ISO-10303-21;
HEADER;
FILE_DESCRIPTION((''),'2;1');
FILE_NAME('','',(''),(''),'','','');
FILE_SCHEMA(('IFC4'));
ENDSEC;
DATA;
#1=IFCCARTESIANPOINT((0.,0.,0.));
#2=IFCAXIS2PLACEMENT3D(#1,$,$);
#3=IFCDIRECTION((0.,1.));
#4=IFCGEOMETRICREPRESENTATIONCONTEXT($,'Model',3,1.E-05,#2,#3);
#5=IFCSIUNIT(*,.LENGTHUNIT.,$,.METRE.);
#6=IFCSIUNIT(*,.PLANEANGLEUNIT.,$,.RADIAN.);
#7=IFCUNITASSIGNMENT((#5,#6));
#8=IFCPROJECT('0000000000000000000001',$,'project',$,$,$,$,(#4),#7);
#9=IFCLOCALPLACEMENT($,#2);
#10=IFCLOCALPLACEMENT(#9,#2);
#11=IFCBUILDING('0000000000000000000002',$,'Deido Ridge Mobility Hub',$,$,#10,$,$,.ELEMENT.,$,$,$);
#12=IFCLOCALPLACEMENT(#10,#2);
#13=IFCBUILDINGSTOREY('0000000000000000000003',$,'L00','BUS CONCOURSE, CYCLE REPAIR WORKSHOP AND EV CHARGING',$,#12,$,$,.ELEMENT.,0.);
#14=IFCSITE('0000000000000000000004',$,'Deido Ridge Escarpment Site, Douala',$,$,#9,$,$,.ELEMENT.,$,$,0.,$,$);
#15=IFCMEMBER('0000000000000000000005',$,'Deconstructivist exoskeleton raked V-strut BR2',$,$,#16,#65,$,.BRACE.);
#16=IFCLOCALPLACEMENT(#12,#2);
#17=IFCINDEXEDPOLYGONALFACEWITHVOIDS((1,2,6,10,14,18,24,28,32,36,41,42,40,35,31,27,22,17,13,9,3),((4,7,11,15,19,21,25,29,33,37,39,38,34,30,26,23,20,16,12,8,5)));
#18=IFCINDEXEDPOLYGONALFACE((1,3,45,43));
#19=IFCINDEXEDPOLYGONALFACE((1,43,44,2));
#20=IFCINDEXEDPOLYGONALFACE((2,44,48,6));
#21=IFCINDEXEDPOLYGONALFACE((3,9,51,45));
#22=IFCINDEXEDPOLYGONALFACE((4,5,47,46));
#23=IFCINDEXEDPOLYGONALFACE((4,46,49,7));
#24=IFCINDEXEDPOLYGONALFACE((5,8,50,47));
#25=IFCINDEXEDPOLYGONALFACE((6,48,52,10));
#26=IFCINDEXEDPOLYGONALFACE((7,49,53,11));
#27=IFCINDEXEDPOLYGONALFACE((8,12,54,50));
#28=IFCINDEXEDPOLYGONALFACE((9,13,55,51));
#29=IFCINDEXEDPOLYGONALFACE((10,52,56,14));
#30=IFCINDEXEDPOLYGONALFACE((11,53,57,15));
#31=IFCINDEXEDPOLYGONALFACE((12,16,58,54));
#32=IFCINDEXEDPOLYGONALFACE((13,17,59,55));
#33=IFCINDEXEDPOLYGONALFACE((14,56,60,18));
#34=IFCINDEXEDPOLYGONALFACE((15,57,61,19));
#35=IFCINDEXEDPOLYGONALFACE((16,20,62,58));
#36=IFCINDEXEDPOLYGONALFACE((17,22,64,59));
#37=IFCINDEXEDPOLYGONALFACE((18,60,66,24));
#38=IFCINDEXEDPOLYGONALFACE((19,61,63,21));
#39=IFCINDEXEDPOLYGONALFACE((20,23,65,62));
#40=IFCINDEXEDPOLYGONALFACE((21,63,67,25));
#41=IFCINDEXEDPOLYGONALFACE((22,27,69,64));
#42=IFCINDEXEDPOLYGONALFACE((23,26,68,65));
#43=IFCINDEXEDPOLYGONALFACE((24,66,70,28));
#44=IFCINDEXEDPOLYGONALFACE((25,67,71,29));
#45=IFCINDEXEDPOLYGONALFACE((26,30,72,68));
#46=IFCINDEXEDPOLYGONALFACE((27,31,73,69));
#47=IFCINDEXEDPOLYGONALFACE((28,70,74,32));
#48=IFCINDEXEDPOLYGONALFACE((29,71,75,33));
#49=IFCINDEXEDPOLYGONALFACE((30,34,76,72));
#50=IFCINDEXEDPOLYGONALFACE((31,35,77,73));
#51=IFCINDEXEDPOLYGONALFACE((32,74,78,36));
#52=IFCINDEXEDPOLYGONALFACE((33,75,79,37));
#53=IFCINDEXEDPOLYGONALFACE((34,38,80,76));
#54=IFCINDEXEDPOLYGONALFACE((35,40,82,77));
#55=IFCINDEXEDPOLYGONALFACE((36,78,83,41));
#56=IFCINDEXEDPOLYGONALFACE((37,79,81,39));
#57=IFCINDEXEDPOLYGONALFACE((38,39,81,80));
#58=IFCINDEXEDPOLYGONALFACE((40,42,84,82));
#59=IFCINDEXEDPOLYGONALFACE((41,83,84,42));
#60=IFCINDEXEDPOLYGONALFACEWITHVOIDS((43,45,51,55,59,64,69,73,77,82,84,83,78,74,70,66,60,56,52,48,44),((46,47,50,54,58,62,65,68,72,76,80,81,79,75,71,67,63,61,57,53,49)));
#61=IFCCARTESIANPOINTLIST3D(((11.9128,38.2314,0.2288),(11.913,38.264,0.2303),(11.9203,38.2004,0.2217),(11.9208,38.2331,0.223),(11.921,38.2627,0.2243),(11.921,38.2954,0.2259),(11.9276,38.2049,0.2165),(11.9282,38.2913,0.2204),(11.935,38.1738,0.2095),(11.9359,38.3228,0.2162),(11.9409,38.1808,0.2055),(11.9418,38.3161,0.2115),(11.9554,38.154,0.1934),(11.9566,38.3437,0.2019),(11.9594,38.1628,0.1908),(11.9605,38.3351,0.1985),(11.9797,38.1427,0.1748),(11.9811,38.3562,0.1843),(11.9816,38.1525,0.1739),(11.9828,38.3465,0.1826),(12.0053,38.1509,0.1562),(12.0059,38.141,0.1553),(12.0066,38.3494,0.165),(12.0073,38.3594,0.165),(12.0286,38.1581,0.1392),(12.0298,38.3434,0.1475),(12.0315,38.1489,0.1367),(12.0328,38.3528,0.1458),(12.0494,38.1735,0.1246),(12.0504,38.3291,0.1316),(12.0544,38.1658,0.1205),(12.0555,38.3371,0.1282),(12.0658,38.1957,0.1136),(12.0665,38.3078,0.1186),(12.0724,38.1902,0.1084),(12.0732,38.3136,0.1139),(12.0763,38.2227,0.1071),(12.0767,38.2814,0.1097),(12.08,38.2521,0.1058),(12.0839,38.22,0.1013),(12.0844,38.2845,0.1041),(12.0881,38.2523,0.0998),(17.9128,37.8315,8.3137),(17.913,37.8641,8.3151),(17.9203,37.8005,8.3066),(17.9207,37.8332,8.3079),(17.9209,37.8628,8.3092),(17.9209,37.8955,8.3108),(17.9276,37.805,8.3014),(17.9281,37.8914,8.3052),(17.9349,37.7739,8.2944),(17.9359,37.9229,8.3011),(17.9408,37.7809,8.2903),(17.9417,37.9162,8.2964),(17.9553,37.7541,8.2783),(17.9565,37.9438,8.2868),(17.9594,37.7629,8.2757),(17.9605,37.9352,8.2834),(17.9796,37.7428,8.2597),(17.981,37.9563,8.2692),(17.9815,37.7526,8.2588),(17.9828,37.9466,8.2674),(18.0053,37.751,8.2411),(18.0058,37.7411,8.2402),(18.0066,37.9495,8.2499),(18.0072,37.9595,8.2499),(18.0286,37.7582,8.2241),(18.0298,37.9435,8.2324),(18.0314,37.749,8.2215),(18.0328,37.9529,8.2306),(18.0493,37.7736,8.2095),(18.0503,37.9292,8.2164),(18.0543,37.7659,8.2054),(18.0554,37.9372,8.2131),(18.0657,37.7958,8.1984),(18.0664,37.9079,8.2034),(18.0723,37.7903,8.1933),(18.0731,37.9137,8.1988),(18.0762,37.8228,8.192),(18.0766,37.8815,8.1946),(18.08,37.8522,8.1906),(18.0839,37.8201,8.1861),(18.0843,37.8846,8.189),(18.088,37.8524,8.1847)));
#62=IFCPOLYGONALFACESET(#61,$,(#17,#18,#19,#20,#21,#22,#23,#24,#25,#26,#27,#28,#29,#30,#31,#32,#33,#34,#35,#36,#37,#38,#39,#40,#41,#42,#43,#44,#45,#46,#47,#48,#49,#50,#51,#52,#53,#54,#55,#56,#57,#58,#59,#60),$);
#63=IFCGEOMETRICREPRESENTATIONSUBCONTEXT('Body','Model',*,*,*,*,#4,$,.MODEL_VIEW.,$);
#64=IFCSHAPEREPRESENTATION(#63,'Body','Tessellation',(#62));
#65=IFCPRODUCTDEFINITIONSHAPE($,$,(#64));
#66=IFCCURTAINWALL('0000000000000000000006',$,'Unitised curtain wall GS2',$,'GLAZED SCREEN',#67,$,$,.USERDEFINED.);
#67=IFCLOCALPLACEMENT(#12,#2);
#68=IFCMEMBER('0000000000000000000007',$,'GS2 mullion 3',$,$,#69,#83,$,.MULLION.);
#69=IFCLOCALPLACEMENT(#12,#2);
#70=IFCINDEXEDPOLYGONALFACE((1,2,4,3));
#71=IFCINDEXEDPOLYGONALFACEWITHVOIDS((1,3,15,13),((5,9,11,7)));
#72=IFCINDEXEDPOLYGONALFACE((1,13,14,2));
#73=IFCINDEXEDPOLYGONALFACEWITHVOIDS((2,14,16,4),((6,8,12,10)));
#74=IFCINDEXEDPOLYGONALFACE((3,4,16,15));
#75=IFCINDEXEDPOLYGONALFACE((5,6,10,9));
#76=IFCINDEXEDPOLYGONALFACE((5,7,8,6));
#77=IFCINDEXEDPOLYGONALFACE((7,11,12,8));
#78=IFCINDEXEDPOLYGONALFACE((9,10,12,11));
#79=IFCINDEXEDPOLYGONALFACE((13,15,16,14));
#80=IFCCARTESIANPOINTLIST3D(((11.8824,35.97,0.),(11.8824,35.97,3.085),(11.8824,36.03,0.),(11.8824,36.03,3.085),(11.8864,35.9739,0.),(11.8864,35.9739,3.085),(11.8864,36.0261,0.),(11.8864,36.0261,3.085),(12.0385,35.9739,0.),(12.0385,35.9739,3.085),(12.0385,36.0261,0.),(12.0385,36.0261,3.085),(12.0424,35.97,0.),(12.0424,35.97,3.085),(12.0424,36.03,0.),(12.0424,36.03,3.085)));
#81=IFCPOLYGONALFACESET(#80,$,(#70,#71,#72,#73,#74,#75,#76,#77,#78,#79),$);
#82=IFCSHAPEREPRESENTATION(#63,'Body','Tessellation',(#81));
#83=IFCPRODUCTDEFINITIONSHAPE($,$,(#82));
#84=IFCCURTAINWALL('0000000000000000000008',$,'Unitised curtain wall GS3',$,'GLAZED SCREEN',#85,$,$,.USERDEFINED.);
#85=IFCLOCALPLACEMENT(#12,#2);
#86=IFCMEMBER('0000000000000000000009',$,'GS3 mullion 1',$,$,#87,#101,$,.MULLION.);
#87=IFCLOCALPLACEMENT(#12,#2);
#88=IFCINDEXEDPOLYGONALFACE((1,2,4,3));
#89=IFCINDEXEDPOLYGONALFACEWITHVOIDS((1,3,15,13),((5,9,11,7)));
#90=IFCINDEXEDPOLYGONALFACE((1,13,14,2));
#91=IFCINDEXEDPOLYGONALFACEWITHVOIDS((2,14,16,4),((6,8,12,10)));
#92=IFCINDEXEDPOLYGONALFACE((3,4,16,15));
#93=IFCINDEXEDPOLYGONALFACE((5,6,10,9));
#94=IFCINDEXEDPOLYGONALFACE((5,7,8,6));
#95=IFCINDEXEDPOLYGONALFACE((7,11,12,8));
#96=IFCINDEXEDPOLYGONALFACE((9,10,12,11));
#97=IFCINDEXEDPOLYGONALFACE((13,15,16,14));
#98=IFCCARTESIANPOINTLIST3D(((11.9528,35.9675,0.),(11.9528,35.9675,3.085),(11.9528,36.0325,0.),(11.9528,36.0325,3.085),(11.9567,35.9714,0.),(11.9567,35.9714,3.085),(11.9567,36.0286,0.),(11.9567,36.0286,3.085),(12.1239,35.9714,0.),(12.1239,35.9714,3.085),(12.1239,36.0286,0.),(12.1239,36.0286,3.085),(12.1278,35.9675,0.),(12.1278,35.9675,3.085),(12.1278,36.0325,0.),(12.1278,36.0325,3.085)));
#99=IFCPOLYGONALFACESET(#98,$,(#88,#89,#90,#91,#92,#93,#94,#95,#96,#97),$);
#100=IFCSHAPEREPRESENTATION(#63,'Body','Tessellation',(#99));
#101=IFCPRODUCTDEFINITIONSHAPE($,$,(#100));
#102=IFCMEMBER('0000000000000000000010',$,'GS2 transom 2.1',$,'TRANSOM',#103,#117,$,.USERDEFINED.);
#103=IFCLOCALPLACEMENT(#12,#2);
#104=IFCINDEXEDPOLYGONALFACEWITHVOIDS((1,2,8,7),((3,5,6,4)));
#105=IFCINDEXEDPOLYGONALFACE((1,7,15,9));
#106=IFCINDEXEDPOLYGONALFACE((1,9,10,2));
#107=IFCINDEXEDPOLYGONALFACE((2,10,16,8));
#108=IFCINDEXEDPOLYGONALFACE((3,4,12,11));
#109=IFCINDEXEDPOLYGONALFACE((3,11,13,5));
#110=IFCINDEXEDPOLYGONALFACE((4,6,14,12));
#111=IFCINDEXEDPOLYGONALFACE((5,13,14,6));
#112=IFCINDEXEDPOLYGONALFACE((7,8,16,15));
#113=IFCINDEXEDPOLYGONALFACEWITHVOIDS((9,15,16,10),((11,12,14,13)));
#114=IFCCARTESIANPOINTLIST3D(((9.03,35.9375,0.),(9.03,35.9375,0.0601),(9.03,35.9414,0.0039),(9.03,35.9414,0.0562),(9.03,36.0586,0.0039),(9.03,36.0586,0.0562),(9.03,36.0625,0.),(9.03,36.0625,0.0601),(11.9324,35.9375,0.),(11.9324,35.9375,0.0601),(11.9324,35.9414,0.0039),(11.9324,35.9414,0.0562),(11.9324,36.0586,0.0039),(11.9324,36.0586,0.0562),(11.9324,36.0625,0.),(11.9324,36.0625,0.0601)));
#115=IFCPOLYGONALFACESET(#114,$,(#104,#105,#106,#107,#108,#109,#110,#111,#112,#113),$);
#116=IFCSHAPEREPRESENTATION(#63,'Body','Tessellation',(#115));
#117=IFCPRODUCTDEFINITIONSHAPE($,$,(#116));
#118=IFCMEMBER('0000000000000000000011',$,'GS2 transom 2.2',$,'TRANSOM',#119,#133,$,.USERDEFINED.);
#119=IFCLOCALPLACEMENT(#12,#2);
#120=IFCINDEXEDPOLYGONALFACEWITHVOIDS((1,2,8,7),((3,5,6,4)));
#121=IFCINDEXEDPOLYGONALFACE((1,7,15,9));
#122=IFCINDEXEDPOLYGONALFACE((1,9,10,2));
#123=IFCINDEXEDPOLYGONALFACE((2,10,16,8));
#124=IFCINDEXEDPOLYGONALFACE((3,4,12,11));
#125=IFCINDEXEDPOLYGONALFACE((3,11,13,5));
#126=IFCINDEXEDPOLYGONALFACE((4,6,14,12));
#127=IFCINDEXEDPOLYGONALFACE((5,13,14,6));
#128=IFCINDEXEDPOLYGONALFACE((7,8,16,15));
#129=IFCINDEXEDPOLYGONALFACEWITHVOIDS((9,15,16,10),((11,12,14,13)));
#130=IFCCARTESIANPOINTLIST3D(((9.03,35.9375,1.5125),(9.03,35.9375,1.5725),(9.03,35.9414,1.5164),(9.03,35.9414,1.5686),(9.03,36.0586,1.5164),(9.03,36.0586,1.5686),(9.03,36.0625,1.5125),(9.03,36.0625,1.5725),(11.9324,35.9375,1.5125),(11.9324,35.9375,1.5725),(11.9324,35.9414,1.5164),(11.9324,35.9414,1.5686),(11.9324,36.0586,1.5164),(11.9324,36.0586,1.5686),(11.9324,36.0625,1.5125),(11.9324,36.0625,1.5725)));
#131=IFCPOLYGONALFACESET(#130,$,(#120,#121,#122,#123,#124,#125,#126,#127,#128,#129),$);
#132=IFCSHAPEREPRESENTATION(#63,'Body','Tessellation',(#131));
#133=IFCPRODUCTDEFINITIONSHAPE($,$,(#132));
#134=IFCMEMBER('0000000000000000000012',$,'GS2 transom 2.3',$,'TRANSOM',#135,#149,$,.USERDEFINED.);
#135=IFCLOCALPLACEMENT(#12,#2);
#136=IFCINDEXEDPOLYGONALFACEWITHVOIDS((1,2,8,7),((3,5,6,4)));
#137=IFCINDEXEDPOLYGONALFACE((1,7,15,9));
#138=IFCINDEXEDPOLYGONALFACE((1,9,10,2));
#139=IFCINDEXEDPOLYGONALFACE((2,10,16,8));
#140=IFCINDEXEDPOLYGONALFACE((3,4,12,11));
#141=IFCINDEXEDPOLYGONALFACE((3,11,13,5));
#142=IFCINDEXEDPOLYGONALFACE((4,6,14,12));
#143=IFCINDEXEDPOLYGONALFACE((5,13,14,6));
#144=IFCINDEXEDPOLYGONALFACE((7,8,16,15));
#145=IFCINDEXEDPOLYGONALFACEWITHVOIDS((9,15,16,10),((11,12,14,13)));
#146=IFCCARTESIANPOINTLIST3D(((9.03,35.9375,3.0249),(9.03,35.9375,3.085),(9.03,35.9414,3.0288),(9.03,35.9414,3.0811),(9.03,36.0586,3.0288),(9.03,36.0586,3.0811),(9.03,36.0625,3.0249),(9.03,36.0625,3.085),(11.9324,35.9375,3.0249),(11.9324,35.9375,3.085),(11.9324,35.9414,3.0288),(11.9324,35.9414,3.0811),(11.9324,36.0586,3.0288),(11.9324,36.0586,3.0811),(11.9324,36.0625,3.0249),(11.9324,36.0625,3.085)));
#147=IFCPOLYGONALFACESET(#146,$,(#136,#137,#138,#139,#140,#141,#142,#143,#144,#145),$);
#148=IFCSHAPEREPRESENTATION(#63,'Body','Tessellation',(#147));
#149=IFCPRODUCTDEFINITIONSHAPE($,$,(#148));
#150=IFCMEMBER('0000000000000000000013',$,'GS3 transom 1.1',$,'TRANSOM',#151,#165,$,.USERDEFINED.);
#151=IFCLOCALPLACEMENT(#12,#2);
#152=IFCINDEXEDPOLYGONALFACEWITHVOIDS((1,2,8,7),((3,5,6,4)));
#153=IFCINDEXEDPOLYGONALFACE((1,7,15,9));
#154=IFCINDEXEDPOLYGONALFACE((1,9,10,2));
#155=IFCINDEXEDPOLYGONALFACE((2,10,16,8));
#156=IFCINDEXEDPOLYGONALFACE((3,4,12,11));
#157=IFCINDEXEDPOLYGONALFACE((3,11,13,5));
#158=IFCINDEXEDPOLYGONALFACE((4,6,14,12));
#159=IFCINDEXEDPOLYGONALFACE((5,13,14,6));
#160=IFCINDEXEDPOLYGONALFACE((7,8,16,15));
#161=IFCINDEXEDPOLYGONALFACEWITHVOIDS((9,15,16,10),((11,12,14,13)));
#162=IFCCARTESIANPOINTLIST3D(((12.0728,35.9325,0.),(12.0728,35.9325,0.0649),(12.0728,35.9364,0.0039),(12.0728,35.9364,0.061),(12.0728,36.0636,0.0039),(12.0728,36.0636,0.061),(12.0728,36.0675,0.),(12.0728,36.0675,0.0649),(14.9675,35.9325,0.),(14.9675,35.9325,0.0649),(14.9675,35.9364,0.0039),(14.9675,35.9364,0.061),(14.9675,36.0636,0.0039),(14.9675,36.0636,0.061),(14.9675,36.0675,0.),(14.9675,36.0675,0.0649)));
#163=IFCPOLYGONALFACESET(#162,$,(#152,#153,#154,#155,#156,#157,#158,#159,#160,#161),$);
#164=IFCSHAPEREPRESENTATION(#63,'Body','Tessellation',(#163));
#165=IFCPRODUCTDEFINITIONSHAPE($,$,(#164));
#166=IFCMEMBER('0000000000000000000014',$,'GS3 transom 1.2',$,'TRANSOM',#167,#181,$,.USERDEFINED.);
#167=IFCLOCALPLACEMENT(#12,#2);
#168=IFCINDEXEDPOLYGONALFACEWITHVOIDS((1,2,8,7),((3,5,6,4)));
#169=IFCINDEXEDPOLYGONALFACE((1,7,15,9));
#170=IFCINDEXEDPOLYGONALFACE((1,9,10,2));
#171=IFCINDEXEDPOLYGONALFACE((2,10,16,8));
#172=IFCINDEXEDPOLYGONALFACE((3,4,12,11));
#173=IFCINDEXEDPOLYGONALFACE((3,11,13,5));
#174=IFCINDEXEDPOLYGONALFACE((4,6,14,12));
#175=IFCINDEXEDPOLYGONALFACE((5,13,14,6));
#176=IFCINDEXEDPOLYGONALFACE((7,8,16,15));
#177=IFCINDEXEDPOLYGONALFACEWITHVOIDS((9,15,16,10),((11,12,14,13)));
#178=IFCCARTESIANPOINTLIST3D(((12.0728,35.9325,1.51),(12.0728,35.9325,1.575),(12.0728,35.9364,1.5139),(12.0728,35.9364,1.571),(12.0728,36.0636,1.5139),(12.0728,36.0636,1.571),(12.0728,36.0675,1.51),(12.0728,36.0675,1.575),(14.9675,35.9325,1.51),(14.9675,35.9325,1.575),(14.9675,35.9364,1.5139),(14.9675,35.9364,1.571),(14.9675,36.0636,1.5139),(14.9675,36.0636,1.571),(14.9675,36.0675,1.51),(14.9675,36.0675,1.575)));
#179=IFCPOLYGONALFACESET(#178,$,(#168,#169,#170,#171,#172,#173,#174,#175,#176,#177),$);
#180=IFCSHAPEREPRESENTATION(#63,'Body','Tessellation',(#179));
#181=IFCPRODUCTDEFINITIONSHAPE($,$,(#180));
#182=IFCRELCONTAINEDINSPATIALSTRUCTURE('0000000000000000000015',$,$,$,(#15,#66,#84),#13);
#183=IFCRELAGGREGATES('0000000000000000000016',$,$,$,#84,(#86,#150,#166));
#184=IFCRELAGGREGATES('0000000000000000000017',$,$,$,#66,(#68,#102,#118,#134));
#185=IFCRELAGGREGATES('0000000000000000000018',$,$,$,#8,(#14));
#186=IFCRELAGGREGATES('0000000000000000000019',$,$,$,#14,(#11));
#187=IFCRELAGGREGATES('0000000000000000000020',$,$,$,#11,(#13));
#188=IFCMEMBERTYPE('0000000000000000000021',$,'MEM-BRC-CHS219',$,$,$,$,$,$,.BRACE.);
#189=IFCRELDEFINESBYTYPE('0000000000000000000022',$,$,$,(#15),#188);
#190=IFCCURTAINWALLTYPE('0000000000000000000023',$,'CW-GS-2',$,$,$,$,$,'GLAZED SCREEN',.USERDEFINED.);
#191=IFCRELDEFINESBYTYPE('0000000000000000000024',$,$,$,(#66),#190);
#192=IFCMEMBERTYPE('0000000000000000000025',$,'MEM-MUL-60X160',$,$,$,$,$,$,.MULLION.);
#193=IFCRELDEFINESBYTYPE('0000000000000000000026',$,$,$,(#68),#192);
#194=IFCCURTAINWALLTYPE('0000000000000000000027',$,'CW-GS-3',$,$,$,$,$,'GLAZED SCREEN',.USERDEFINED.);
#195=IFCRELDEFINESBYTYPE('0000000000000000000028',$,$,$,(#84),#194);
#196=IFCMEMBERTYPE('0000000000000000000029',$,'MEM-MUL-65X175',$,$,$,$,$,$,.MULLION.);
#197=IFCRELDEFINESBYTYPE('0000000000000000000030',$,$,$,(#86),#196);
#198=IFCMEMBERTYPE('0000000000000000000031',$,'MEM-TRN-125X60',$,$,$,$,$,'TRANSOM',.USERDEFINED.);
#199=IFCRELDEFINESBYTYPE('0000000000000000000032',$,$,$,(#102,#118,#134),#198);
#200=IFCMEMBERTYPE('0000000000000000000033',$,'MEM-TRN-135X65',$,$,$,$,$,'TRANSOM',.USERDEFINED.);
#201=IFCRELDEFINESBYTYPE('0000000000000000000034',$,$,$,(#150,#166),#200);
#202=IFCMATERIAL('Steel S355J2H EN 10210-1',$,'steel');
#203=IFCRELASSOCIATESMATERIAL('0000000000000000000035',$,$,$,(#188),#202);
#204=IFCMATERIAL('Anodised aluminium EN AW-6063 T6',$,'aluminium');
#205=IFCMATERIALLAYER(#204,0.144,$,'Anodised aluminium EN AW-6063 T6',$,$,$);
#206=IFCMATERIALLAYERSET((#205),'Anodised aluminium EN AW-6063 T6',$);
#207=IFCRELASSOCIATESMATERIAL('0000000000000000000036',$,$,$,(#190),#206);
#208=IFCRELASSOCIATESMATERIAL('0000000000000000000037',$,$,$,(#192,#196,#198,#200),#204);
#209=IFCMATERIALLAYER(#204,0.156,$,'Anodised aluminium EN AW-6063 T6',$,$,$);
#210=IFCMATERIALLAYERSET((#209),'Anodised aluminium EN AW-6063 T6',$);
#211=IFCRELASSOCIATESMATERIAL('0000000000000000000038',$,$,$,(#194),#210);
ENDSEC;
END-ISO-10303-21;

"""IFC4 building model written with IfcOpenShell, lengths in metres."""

from ifc_helpers import new_model, si_unit, direction, frame, origin, origin_2d, place, context, subcontext, project, spatial, hollow_rectangle, hollow_circle, extrude, material, layer, layer_set, material_profile, profile_set, type_object, element, aggregate, save


model = new_model("IFC4")

# Units and contexts
model_context = context("Model", 3, precision=1e-05, world=origin(), true_north=direction((0.0, 1.0)))
body_context = subcontext(model_context, "Body", "Model", "MODEL_VIEW")
ifc_project = project(units=[si_unit("LENGTHUNIT", "METRE"), si_unit("PLANEANGLEUNIT", "RADIAN")], contexts=[model_context])

# Site, building, storey
site_placement = place(None, origin())
site = spatial("IfcSite", under=ifc_project, at=site_placement, Name="Deido Ridge Escarpment Site, Douala", CompositionType="ELEMENT", RefElevation=0.0)
building_placement = place(site_placement, origin())
building = spatial("IfcBuilding", under=site, at=building_placement, Name="Deido Ridge Mobility Hub", CompositionType="ELEMENT")
storey_placement = place(building_placement, origin())
storey = spatial("IfcBuildingStorey", under=building, at=storey_placement, Name="L00", Description="BUS CONCOURSE, CYCLE REPAIR WORKSHOP AND EV CHARGING", CompositionType="ELEMENT", Elevation=0.0)

# Member
ifc_material_1 = material(Name="Steel S355J2H EN 10210-1", Category="steel")
ifc_material_profile_1 = material_profile(ifc_material_1, hollow_circle(Radius=0.1096, WallThickness=0.01, at=origin_2d()), Name="CHS 219.1x10")
ifc_profile_set_1 = profile_set([ifc_material_profile_1], Name="Steel S355J2H EN 10210-1")
member_type_1 = type_object("IfcMemberType", Name="MEM-BRC-CHS219", PredefinedType="BRACE", material=ifc_profile_set_1)
for number, where, z_axis, x_axis, name in (
    (1, (12.0, 38.25, 0.165), (0.595472, -0.039688, 0.802395), (0.066503, 0.997786, 0.0), "Deconstructivist exoskeleton raked V-strut BR2"),
):
    element("IfcMember", number, at=place(storey_placement, frame(where, z_axis=z_axis, x_axis=x_axis)), inside=storey, type_object=member_type_1, Name=name, PredefinedType="BRACE", context=body_context, shape_type="SweptSolid", body=[
        extrude(hollow_circle(Radius=0.1096, WallThickness=0.01, at=origin_2d()), origin(), (0.0, 0.0, 1.0), 10.0759),
    ])

# Curtain walls, members
ifc_material_2 = material(Name="Anodised aluminium EN AW-6063 T6", Category="aluminium")
ifc_layer_1 = layer(ifc_material_2, 0.144, Name="Anodised aluminium EN AW-6063 T6")
ifc_layer_set_1 = layer_set([ifc_layer_1], Name="Anodised aluminium EN AW-6063 T6")
curtain_wall_type_1 = type_object("IfcCurtainWallType", Name="CW-GS-2", ElementType="GLAZED SCREEN", PredefinedType="USERDEFINED", material=ifc_layer_set_1)
curtain_wall_1_placement = place(storey_placement, origin())
curtain_wall_1 = element("IfcCurtainWall", 2, at=curtain_wall_1_placement, inside=storey, type_object=curtain_wall_type_1, Name="Unitised curtain wall GS2", ObjectType="GLAZED SCREEN", PredefinedType="USERDEFINED")
ifc_material_profile_2 = material_profile(ifc_material_2, hollow_rectangle(XDim=0.0601, YDim=0.1599, WallThickness=0.0039, at=origin_2d()), Name="RHS 60x160x4")
ifc_profile_set_2 = profile_set([ifc_material_profile_2], Name="Anodised aluminium EN AW-6063 T6")
member_type_2 = type_object("IfcMemberType", Name="MEM-MUL-60X160", PredefinedType="MULLION", material=ifc_profile_set_2)
member_1_placement = place(storey_placement, frame((11.9624, 36.0, 0.0), z_axis=(0.0, 0.0, 1.0), x_axis=(0.0, 1.0, 0.0)))
member_1 = element("IfcMember", 3, at=member_1_placement, type_object=member_type_2, Name="GS2 mullion 3", PredefinedType="MULLION", context=body_context, shape_type="SweptSolid", body=[
    extrude(hollow_rectangle(XDim=0.0601, YDim=0.1599, WallThickness=0.0039, at=origin_2d()), origin(), (0.0, 0.0, 1.0), 3.085),
])
ifc_layer_2 = layer(ifc_material_2, 0.156, Name="Anodised aluminium EN AW-6063 T6")
ifc_layer_set_2 = layer_set([ifc_layer_2], Name="Anodised aluminium EN AW-6063 T6")
curtain_wall_type_2 = type_object("IfcCurtainWallType", Name="CW-GS-3", ElementType="GLAZED SCREEN", PredefinedType="USERDEFINED", material=ifc_layer_set_2)
curtain_wall_2_placement = place(storey_placement, origin())
curtain_wall_2 = element("IfcCurtainWall", 4, at=curtain_wall_2_placement, inside=storey, type_object=curtain_wall_type_2, Name="Unitised curtain wall GS3", ObjectType="GLAZED SCREEN", PredefinedType="USERDEFINED")
ifc_material_profile_3 = material_profile(ifc_material_2, hollow_rectangle(XDim=0.0649, YDim=0.175, WallThickness=0.0039, at=origin_2d()), Name="RHS 65x175x4")
ifc_profile_set_3 = profile_set([ifc_material_profile_3], Name="Anodised aluminium EN AW-6063 T6")
member_type_3 = type_object("IfcMemberType", Name="MEM-MUL-65X175", PredefinedType="MULLION", material=ifc_profile_set_3)
member_2_placement = place(storey_placement, frame((12.0403, 36.0, 0.0), z_axis=(0.0, 0.0, 1.0), x_axis=(0.0, 1.0, 0.0)))
member_2 = element("IfcMember", 5, at=member_2_placement, type_object=member_type_3, Name="GS3 mullion 1", PredefinedType="MULLION", context=body_context, shape_type="SweptSolid", body=[
    extrude(hollow_rectangle(XDim=0.0649, YDim=0.175, WallThickness=0.0039, at=origin_2d()), origin(), (0.0, 0.0, 1.0), 3.085),
])

# Members
ifc_material_profile_4 = material_profile(ifc_material_2, hollow_rectangle(XDim=0.125, YDim=0.0601, WallThickness=0.0039, at=origin_2d()), Name="RHS 125x60x4")
ifc_profile_set_4 = profile_set([ifc_material_profile_4], Name="Anodised aluminium EN AW-6063 T6")
member_type_4 = type_object("IfcMemberType", Name="MEM-TRN-125X60", ElementType="TRANSOM", PredefinedType="USERDEFINED", material=ifc_profile_set_4)
member_3_placement = place(storey_placement, frame((9.03, 36.0, 0.03), z_axis=(1.0, 0.0, 0.0), x_axis=(0.0, 1.0, 0.0)))
member_3 = element("IfcMember", 6, at=member_3_placement, type_object=member_type_4, Name="GS2 transom 2.1", ObjectType="TRANSOM", PredefinedType="USERDEFINED", context=body_context, shape_type="SweptSolid", body=[
    extrude(hollow_rectangle(XDim=0.125, YDim=0.0601, WallThickness=0.0039, at=origin_2d()), origin(), (0.0, 0.0, 1.0), 2.9023),
])
member_4_placement = place(storey_placement, frame((9.03, 36.0, 1.5425), z_axis=(1.0, 0.0, 0.0), x_axis=(0.0, 1.0, 0.0)))
member_4 = element("IfcMember", 7, at=member_4_placement, type_object=member_type_4, Name="GS2 transom 2.2", ObjectType="TRANSOM", PredefinedType="USERDEFINED", context=body_context, shape_type="SweptSolid", body=[
    extrude(hollow_rectangle(XDim=0.125, YDim=0.0601, WallThickness=0.0039, at=origin_2d()), origin(), (0.0, 0.0, 1.0), 2.9023),
])
member_5_placement = place(storey_placement, frame((9.03, 36.0, 3.0549), z_axis=(1.0, 0.0, 0.0), x_axis=(0.0, 1.0, 0.0)))
member_5 = element("IfcMember", 8, at=member_5_placement, type_object=member_type_4, Name="GS2 transom 2.3", ObjectType="TRANSOM", PredefinedType="USERDEFINED", context=body_context, shape_type="SweptSolid", body=[
    extrude(hollow_rectangle(XDim=0.125, YDim=0.0601, WallThickness=0.0039, at=origin_2d()), origin(), (0.0, 0.0, 1.0), 2.9023),
])
ifc_material_profile_5 = material_profile(ifc_material_2, hollow_rectangle(XDim=0.135, YDim=0.0649, WallThickness=0.0039, at=origin_2d()), Name="RHS 135x65x4")
ifc_profile_set_5 = profile_set([ifc_material_profile_5], Name="Anodised aluminium EN AW-6063 T6")
member_type_5 = type_object("IfcMemberType", Name="MEM-TRN-135X65", ElementType="TRANSOM", PredefinedType="USERDEFINED", material=ifc_profile_set_5)
member_6_placement = place(storey_placement, frame((12.0728, 36.0, 0.0325), z_axis=(1.0, 0.0, 0.0), x_axis=(0.0, 1.0, 0.0)))
member_6 = element("IfcMember", 9, at=member_6_placement, type_object=member_type_5, Name="GS3 transom 1.1", ObjectType="TRANSOM", PredefinedType="USERDEFINED", context=body_context, shape_type="SweptSolid", body=[
    extrude(hollow_rectangle(XDim=0.135, YDim=0.0649, WallThickness=0.0039, at=origin_2d()), origin(), (0.0, 0.0, 1.0), 2.8948),
])
member_7_placement = place(storey_placement, frame((12.0728, 36.0, 1.5425), z_axis=(1.0, 0.0, 0.0), x_axis=(0.0, 1.0, 0.0)))
member_7 = element("IfcMember", 10, at=member_7_placement, type_object=member_type_5, Name="GS3 transom 1.2", ObjectType="TRANSOM", PredefinedType="USERDEFINED", context=body_context, shape_type="SweptSolid", body=[
    extrude(hollow_rectangle(XDim=0.135, YDim=0.0649, WallThickness=0.0039, at=origin_2d()), origin(), (0.0, 0.0, 1.0), 2.8948),
])
aggregate(curtain_wall_2, [member_2, member_6, member_7])

aggregate(curtain_wall_1, [member_1, member_3, member_4, member_5])

save(model, "model.ifc")
